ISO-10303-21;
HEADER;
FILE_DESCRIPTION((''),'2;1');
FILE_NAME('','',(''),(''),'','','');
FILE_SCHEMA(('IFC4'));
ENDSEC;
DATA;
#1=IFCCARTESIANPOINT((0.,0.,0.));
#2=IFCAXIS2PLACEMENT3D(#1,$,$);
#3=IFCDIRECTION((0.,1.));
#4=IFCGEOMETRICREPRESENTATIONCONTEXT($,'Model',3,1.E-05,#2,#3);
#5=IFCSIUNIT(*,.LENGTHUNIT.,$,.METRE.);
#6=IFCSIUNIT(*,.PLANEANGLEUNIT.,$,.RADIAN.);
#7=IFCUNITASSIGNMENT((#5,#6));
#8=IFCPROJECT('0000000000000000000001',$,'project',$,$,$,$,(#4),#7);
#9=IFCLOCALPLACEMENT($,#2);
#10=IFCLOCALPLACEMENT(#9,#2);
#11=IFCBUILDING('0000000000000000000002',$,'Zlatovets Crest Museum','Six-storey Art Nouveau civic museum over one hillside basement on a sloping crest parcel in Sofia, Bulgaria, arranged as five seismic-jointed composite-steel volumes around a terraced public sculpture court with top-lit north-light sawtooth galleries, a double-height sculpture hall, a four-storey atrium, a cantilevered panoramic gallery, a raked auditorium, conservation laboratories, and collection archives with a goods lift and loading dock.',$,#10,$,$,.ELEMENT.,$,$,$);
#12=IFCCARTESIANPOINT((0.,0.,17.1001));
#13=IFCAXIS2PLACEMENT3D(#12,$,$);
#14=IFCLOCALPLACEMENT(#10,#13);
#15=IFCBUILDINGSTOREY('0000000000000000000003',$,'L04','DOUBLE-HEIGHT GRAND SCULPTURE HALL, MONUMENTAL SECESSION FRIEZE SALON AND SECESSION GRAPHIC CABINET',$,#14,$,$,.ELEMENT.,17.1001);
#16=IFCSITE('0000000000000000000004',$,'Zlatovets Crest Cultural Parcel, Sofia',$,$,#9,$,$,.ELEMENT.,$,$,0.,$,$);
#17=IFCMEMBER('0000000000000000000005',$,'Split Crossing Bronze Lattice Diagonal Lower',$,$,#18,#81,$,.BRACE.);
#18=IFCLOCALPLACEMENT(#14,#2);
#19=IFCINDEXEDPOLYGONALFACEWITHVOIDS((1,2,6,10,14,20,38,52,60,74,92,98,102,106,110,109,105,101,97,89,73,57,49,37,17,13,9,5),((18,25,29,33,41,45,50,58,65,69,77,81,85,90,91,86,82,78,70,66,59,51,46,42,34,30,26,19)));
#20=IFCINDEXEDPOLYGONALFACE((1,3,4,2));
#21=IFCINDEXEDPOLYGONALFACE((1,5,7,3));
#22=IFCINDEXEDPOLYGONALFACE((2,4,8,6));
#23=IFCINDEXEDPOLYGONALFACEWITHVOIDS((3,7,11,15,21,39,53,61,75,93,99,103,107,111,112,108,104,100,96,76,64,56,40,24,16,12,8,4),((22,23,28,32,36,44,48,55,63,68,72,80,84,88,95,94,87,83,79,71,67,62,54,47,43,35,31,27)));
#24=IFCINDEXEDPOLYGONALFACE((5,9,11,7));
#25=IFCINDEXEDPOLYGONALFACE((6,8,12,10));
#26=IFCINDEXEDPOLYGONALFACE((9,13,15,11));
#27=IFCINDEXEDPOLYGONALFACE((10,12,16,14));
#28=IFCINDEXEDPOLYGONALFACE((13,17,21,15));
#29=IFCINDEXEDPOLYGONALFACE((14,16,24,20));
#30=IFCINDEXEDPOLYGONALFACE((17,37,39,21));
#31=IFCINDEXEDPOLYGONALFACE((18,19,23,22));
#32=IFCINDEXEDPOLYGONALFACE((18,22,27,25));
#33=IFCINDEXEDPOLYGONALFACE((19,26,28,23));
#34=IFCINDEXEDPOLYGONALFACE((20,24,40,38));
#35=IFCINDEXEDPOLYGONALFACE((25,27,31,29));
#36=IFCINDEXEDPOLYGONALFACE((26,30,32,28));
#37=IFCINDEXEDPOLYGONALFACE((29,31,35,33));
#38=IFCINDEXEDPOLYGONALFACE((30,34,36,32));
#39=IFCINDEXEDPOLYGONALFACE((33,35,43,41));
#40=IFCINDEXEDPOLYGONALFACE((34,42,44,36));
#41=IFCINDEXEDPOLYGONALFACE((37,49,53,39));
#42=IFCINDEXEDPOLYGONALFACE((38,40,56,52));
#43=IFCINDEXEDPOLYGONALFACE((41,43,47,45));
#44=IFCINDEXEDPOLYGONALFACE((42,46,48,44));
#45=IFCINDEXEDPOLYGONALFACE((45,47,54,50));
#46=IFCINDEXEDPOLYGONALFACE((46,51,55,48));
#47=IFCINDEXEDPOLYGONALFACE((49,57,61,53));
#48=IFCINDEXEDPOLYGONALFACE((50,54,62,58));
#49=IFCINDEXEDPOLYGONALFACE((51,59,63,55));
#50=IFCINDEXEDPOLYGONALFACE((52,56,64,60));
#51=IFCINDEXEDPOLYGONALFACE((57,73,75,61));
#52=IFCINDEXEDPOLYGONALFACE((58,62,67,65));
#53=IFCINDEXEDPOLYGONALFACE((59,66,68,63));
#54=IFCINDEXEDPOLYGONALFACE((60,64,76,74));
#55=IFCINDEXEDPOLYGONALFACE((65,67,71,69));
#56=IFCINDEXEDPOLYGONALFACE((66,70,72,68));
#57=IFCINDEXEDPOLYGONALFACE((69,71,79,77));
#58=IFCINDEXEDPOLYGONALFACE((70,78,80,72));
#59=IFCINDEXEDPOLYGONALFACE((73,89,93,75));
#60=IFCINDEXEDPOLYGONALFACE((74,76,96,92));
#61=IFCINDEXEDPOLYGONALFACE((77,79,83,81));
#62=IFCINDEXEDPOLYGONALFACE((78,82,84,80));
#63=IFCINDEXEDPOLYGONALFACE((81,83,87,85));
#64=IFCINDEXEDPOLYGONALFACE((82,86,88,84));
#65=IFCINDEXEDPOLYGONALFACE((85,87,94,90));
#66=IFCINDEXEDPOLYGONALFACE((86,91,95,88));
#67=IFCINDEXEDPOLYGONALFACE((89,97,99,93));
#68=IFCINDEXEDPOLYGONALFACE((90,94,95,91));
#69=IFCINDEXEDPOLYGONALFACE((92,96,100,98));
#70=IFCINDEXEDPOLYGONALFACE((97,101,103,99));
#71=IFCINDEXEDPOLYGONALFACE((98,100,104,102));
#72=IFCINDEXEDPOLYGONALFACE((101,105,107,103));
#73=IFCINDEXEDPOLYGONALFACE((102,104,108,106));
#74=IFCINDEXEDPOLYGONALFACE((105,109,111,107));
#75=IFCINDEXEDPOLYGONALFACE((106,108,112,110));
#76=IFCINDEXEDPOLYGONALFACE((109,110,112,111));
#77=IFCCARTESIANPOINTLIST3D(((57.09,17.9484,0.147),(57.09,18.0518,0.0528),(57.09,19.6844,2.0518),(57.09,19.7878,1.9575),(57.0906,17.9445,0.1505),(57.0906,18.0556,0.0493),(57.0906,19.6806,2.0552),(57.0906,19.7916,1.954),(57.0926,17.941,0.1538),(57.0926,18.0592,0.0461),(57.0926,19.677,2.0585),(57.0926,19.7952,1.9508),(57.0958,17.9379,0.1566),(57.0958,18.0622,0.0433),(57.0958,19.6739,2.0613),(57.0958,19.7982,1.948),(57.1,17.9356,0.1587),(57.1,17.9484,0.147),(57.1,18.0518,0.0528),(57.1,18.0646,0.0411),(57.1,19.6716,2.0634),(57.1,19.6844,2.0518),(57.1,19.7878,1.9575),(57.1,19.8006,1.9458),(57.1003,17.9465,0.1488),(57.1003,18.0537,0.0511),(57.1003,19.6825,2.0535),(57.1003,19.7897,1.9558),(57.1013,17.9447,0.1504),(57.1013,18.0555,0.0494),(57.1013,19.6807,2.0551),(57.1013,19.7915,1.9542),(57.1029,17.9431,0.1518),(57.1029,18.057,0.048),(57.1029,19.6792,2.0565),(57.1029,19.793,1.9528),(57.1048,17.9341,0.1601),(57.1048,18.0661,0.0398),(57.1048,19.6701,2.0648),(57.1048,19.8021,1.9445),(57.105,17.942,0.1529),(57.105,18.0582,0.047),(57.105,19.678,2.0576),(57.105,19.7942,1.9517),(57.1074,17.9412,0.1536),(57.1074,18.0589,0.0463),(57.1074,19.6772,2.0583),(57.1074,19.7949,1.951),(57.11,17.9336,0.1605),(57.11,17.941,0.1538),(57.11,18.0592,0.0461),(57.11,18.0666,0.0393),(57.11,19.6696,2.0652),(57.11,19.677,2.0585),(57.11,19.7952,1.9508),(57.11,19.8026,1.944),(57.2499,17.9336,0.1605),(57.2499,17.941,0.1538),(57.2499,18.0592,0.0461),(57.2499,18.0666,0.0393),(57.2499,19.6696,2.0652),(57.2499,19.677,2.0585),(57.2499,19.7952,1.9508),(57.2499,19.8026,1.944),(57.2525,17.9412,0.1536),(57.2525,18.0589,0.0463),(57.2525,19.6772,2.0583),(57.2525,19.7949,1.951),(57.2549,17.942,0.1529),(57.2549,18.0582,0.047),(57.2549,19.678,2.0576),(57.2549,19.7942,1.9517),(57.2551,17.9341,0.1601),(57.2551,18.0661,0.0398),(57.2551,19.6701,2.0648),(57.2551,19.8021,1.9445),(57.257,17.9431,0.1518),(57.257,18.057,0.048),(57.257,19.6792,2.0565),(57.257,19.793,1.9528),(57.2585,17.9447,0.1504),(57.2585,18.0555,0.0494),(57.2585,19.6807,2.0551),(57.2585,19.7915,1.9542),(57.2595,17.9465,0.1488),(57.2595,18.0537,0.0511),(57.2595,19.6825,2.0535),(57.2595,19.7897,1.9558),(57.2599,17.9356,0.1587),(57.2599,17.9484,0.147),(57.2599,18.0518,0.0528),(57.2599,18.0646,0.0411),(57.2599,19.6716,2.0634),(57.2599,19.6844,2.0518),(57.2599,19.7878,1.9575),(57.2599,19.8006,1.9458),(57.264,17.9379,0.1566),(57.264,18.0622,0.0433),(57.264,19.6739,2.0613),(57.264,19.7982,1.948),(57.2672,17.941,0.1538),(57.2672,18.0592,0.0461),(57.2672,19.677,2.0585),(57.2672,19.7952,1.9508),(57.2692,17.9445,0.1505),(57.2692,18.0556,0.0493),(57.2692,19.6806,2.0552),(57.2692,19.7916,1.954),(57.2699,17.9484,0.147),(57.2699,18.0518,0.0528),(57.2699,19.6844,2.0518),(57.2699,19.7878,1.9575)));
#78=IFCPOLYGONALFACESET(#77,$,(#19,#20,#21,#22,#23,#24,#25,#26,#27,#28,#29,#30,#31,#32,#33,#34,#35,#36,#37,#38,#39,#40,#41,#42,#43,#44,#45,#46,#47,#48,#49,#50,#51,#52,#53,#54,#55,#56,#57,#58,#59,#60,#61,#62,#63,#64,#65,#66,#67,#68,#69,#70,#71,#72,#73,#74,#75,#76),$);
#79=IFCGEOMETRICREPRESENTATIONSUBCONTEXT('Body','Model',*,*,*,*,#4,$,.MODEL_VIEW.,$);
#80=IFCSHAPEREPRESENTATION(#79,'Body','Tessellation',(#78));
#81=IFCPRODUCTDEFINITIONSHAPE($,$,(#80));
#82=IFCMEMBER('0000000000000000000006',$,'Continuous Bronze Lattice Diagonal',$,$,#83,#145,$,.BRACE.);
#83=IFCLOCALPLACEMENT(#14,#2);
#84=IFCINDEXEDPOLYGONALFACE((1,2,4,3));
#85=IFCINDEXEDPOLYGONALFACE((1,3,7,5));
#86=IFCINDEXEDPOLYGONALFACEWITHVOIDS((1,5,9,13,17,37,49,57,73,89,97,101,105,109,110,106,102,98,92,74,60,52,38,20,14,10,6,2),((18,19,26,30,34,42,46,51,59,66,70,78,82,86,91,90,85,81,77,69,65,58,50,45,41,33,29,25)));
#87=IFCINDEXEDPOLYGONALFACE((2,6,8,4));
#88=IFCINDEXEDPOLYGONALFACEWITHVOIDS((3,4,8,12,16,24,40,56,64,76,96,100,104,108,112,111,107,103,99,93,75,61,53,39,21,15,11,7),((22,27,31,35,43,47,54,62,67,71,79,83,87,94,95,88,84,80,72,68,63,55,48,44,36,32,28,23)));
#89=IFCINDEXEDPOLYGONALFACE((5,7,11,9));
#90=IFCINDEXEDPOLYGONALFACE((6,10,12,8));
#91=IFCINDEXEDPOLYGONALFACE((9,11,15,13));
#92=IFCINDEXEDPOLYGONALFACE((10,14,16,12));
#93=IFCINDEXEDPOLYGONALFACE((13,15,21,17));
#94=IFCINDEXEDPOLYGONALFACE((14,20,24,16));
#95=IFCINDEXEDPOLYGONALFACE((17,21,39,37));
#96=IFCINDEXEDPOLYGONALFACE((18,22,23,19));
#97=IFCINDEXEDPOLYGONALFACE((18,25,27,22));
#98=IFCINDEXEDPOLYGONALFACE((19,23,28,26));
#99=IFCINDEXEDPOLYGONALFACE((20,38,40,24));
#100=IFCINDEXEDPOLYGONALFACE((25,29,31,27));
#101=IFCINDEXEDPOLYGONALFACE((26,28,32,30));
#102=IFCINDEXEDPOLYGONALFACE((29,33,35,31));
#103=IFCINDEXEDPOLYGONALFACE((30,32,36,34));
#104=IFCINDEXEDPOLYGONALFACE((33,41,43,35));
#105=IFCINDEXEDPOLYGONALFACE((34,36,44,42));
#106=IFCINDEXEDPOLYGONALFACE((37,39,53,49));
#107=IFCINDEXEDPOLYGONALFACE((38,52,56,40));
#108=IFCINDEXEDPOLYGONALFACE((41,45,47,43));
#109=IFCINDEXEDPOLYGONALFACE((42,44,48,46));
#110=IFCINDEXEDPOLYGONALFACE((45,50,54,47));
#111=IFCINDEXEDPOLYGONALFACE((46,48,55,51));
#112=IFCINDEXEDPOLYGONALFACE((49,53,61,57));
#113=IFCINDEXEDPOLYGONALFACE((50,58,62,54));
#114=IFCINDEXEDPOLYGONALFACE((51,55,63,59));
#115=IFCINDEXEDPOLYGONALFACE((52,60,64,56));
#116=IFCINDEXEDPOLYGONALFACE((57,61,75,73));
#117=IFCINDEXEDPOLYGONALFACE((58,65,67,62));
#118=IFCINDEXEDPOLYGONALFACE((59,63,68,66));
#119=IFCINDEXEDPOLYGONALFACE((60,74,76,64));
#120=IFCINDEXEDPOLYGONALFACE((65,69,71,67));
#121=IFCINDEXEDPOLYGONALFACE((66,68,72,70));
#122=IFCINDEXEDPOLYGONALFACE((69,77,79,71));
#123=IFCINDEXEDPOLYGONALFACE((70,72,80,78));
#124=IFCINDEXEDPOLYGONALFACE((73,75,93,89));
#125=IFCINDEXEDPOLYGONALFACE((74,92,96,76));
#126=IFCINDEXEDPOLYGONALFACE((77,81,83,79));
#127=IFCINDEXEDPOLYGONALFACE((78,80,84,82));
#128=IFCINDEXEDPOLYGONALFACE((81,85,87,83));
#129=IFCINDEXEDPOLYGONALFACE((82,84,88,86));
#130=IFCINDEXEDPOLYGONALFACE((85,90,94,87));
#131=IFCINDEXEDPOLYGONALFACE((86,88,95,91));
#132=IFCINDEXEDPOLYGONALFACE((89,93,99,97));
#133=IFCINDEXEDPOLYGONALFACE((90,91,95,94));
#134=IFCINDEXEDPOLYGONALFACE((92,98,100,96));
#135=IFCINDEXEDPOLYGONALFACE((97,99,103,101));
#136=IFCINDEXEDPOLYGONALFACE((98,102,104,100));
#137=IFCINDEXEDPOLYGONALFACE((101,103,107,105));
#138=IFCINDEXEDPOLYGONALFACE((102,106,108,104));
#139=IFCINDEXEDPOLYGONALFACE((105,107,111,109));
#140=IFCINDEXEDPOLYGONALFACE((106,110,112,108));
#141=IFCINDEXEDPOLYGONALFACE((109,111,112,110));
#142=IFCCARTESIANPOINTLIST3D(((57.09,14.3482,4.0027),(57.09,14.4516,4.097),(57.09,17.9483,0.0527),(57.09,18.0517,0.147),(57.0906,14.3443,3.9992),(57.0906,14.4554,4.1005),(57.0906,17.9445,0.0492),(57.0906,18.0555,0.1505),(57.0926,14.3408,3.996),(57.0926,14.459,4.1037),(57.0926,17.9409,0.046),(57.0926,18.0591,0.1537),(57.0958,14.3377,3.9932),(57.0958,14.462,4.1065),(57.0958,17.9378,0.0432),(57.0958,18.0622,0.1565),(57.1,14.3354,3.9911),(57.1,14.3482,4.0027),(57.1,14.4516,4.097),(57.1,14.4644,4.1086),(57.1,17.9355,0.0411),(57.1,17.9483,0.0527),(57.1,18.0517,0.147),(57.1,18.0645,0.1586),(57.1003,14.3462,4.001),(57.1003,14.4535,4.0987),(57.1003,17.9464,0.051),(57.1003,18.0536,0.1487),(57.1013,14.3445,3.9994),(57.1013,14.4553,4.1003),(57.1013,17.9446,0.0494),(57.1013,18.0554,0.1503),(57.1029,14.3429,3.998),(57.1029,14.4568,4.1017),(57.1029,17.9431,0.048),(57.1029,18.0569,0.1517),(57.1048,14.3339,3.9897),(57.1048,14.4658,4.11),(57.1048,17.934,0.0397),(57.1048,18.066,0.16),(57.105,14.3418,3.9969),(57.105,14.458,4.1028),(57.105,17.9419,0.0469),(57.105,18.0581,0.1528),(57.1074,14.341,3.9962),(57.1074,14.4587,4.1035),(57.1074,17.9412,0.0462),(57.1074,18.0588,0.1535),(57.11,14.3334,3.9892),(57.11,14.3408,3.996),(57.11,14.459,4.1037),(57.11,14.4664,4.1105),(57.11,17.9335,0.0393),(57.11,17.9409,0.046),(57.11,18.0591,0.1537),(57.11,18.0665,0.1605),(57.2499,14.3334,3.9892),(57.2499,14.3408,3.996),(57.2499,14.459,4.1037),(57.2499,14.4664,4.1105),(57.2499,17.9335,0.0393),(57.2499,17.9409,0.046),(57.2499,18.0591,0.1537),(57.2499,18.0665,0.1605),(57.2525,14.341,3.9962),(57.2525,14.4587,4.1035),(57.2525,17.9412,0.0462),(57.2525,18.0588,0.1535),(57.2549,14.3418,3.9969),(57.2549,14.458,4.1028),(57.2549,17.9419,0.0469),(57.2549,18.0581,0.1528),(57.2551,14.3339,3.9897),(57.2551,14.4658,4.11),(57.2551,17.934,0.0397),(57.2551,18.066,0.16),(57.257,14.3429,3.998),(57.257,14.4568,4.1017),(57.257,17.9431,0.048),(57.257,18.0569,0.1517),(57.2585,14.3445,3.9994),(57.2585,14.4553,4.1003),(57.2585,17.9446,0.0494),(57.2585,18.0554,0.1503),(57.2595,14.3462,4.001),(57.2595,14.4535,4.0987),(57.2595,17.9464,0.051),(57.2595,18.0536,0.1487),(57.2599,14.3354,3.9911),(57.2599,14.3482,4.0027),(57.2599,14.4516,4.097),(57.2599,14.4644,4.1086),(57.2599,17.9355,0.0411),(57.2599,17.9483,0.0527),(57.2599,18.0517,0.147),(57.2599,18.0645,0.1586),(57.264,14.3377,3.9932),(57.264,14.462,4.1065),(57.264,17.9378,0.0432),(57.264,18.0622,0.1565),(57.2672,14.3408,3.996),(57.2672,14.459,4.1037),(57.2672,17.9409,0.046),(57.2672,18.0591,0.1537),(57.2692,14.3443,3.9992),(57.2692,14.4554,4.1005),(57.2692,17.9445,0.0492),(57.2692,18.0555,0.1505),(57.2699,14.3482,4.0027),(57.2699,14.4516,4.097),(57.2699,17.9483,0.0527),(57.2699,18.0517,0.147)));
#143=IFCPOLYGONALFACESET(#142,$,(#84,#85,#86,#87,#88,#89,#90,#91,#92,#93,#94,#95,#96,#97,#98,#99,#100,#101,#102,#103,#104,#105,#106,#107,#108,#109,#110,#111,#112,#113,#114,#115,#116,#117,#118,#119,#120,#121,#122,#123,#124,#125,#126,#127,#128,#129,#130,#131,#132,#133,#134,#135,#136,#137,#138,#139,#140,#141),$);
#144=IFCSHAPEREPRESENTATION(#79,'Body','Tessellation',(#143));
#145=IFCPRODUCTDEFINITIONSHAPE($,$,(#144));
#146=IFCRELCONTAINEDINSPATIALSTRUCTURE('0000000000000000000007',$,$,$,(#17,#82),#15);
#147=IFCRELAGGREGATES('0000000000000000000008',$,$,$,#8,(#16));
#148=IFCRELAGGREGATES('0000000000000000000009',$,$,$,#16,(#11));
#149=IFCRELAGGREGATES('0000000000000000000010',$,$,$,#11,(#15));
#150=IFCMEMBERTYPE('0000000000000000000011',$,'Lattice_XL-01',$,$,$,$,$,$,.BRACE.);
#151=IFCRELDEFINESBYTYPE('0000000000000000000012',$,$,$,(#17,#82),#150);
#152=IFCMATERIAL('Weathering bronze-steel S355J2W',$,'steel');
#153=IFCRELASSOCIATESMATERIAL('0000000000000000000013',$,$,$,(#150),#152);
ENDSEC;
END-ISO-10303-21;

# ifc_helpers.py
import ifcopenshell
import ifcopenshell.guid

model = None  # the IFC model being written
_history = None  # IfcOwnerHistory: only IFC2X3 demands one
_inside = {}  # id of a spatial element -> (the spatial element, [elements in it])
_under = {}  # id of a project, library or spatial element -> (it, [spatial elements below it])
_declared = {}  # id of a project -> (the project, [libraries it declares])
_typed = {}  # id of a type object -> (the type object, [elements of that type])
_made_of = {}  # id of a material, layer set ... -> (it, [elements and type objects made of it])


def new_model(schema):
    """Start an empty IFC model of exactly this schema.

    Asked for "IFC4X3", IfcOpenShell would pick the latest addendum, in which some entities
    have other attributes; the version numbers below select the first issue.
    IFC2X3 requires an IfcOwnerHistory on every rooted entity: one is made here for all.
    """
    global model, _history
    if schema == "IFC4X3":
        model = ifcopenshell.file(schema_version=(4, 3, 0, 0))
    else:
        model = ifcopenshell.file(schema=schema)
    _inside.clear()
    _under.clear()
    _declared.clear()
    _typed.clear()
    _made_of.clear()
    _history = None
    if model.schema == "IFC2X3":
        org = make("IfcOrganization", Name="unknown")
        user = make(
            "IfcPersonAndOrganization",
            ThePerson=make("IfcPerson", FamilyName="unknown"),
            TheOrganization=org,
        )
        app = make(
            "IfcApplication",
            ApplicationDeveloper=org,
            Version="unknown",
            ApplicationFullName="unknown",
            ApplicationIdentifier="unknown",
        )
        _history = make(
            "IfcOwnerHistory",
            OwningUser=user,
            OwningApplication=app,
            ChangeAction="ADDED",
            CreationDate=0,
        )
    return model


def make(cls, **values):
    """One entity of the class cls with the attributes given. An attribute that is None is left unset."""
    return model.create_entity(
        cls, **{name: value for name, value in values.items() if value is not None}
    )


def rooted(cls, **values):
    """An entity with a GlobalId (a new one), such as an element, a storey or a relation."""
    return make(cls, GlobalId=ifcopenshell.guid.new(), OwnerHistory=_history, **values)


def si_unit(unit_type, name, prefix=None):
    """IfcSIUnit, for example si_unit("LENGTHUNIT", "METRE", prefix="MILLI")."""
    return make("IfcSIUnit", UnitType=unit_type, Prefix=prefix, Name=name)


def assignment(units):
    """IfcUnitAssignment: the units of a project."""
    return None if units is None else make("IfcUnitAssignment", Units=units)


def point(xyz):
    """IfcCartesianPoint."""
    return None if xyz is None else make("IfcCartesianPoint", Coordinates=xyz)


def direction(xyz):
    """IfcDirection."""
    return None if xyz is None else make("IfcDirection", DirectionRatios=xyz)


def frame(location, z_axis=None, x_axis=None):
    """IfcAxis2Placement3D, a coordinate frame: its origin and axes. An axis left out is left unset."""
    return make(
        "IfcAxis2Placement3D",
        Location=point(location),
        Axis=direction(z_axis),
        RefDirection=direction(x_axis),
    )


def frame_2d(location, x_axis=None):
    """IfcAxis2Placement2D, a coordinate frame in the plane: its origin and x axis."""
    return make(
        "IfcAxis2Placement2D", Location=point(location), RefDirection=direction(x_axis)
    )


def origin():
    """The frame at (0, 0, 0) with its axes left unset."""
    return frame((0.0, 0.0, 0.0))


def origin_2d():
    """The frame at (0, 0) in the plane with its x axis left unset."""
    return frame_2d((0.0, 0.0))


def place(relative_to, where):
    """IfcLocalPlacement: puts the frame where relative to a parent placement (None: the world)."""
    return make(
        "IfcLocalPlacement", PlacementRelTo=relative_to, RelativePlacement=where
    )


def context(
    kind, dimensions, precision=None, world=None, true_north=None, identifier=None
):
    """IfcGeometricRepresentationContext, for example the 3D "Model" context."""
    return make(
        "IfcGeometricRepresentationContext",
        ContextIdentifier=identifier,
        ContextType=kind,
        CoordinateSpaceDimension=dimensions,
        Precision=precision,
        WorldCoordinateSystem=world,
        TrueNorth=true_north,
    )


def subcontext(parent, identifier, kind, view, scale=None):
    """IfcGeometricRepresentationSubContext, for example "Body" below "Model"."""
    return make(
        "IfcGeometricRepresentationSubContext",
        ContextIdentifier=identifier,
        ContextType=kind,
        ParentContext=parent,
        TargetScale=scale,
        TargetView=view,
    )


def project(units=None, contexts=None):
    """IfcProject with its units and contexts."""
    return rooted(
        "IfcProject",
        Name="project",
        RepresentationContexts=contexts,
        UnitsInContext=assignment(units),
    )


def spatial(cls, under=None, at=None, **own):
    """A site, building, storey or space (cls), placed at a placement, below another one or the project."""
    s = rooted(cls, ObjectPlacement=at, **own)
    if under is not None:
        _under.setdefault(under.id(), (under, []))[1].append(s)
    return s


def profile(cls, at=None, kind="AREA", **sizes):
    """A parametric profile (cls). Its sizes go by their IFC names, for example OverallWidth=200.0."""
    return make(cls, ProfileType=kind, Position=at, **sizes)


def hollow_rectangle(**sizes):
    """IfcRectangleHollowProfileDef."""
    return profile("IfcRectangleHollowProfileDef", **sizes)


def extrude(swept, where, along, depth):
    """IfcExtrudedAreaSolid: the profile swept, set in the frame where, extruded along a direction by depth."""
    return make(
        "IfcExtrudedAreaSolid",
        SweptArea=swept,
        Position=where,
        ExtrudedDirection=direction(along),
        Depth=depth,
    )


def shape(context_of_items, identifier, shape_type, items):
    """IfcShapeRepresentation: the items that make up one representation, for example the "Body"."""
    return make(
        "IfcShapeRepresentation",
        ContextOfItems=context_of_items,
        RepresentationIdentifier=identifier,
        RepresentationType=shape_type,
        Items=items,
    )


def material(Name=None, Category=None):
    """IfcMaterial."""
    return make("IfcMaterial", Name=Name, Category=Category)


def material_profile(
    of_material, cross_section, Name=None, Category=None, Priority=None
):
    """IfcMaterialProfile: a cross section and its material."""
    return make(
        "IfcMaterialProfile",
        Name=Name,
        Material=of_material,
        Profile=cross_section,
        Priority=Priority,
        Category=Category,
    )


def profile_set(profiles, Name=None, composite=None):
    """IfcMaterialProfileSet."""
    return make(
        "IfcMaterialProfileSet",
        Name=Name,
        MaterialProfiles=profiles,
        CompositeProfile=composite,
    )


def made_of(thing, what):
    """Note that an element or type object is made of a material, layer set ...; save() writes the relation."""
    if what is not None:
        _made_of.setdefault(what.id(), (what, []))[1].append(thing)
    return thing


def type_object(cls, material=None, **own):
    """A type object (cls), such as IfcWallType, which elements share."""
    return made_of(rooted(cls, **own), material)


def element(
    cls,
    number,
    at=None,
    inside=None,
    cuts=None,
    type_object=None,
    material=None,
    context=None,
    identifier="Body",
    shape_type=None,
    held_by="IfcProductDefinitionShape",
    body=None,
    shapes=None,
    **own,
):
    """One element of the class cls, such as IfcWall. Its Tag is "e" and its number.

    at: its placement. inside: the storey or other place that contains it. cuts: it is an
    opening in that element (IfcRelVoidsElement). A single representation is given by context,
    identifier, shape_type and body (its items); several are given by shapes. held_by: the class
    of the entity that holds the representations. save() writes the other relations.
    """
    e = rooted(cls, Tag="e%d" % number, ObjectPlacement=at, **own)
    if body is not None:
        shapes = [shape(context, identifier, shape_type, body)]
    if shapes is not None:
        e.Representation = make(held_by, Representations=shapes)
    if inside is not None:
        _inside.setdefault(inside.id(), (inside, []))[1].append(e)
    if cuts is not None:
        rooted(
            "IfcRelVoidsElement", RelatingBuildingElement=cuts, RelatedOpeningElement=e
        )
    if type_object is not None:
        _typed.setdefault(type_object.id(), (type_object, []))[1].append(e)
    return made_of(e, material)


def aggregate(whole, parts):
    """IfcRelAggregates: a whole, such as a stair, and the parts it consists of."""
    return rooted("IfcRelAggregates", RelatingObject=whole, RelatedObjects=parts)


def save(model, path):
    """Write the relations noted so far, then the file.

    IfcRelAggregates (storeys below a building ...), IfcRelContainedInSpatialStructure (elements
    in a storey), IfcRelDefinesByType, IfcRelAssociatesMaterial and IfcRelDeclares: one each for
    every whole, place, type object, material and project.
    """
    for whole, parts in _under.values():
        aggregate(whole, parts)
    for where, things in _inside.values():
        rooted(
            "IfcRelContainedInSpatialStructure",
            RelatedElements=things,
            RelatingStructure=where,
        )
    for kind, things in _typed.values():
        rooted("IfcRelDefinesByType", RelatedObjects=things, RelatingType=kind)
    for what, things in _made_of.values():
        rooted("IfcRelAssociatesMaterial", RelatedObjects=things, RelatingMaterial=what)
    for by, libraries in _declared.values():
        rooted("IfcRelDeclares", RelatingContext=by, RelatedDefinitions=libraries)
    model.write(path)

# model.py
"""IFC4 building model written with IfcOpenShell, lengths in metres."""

from ifc_helpers import new_model, si_unit, direction, frame, origin, origin_2d, place, context, subcontext, project, spatial, hollow_rectangle, extrude, material, material_profile, profile_set, type_object, element, save


model = new_model("IFC4")

# Units and contexts
model_context = context("Model", 3, precision=1e-05, world=origin(), true_north=direction((0.0, 1.0)))
body_context = subcontext(model_context, "Body", "Model", "MODEL_VIEW")
ifc_project = project(units=[si_unit("LENGTHUNIT", "METRE"), si_unit("PLANEANGLEUNIT", "RADIAN")], contexts=[model_context])

# Site, building, storey
site_placement = place(None, origin())
site = spatial("IfcSite", under=ifc_project, at=site_placement, Name="Zlatovets Crest Cultural Parcel, Sofia", CompositionType="ELEMENT", RefElevation=0.0)
building_placement = place(site_placement, origin())
building = spatial("IfcBuilding", under=site, at=building_placement, Name="Zlatovets Crest Museum", Description="Six-storey Art Nouveau civic museum over one hillside basement on a sloping crest parcel in Sofia, Bulgaria, arranged as five seismic-jointed composite-steel volumes around a terraced public sculpture court with top-lit north-light sawtooth galleries, a double-height sculpture hall, a four-storey atrium, a cantilevered panoramic gallery, a raked auditorium, conservation laboratories, and collection archives with a goods lift and loading dock.", CompositionType="ELEMENT")
storey_placement = place(building_placement, frame((0.0, 0.0, 17.1001)))
storey = spatial("IfcBuildingStorey", under=building, at=storey_placement, Name="L04", Description="DOUBLE-HEIGHT GRAND SCULPTURE HALL, MONUMENTAL SECESSION FRIEZE SALON AND SECESSION GRAPHIC CABINET", CompositionType="ELEMENT", Elevation=17.1001)

# Members
ifc_material_1 = material(Name="Weathering bronze-steel S355J2W", Category="steel")
ifc_material_profile_1 = material_profile(ifc_material_1, hollow_rectangle(XDim=0.1799, YDim=0.1799, WallThickness=0.01, InnerFilletRadius=0.01, OuterFilletRadius=0.02, at=origin_2d()), Name="SHS 180x180x10.0")
ifc_profile_set_1 = profile_set([ifc_material_profile_1], Name="Weathering bronze-steel S355J2W")
member_type_1 = type_object("IfcMemberType", Name="Lattice_XL-01", PredefinedType="BRACE", material=ifc_profile_set_1)
member_1_placement = place(storey_placement, frame((57.1799, 19.7361, 2.0046), z_axis=(0.0, -0.67362, -0.739078), x_axis=(1.0, 0.0, 0.0)))
element("IfcMember", 1, at=member_1_placement, inside=storey, type_object=member_type_1, Name="Split Crossing Bronze Lattice Diagonal Lower", PredefinedType="BRACE", context=body_context, shape_type="SweptSolid", body=[
    extrude(hollow_rectangle(XDim=0.1799, YDim=0.1799, WallThickness=0.01, InnerFilletRadius=0.01, OuterFilletRadius=0.02, at=origin_2d()), origin(), (0.0, 0.0, 1.0), 2.5771),
])
member_2_placement = place(storey_placement, frame((57.1799, 18.0, 0.0999), z_axis=(0.0, -0.673618, 0.73908), x_axis=(1.0, 0.0, 0.0)))
element("IfcMember", 2, at=member_2_placement, inside=storey, type_object=member_type_1, Name="Continuous Bronze Lattice Diagonal", PredefinedType="BRACE", context=body_context, shape_type="SweptSolid", body=[
    extrude(hollow_rectangle(XDim=0.1799, YDim=0.1799, WallThickness=0.01, InnerFilletRadius=0.01, OuterFilletRadius=0.02, at=origin_2d()), origin(), (0.0, 0.0, 1.0), 5.3445),
])

save(model, "model.ifc")
